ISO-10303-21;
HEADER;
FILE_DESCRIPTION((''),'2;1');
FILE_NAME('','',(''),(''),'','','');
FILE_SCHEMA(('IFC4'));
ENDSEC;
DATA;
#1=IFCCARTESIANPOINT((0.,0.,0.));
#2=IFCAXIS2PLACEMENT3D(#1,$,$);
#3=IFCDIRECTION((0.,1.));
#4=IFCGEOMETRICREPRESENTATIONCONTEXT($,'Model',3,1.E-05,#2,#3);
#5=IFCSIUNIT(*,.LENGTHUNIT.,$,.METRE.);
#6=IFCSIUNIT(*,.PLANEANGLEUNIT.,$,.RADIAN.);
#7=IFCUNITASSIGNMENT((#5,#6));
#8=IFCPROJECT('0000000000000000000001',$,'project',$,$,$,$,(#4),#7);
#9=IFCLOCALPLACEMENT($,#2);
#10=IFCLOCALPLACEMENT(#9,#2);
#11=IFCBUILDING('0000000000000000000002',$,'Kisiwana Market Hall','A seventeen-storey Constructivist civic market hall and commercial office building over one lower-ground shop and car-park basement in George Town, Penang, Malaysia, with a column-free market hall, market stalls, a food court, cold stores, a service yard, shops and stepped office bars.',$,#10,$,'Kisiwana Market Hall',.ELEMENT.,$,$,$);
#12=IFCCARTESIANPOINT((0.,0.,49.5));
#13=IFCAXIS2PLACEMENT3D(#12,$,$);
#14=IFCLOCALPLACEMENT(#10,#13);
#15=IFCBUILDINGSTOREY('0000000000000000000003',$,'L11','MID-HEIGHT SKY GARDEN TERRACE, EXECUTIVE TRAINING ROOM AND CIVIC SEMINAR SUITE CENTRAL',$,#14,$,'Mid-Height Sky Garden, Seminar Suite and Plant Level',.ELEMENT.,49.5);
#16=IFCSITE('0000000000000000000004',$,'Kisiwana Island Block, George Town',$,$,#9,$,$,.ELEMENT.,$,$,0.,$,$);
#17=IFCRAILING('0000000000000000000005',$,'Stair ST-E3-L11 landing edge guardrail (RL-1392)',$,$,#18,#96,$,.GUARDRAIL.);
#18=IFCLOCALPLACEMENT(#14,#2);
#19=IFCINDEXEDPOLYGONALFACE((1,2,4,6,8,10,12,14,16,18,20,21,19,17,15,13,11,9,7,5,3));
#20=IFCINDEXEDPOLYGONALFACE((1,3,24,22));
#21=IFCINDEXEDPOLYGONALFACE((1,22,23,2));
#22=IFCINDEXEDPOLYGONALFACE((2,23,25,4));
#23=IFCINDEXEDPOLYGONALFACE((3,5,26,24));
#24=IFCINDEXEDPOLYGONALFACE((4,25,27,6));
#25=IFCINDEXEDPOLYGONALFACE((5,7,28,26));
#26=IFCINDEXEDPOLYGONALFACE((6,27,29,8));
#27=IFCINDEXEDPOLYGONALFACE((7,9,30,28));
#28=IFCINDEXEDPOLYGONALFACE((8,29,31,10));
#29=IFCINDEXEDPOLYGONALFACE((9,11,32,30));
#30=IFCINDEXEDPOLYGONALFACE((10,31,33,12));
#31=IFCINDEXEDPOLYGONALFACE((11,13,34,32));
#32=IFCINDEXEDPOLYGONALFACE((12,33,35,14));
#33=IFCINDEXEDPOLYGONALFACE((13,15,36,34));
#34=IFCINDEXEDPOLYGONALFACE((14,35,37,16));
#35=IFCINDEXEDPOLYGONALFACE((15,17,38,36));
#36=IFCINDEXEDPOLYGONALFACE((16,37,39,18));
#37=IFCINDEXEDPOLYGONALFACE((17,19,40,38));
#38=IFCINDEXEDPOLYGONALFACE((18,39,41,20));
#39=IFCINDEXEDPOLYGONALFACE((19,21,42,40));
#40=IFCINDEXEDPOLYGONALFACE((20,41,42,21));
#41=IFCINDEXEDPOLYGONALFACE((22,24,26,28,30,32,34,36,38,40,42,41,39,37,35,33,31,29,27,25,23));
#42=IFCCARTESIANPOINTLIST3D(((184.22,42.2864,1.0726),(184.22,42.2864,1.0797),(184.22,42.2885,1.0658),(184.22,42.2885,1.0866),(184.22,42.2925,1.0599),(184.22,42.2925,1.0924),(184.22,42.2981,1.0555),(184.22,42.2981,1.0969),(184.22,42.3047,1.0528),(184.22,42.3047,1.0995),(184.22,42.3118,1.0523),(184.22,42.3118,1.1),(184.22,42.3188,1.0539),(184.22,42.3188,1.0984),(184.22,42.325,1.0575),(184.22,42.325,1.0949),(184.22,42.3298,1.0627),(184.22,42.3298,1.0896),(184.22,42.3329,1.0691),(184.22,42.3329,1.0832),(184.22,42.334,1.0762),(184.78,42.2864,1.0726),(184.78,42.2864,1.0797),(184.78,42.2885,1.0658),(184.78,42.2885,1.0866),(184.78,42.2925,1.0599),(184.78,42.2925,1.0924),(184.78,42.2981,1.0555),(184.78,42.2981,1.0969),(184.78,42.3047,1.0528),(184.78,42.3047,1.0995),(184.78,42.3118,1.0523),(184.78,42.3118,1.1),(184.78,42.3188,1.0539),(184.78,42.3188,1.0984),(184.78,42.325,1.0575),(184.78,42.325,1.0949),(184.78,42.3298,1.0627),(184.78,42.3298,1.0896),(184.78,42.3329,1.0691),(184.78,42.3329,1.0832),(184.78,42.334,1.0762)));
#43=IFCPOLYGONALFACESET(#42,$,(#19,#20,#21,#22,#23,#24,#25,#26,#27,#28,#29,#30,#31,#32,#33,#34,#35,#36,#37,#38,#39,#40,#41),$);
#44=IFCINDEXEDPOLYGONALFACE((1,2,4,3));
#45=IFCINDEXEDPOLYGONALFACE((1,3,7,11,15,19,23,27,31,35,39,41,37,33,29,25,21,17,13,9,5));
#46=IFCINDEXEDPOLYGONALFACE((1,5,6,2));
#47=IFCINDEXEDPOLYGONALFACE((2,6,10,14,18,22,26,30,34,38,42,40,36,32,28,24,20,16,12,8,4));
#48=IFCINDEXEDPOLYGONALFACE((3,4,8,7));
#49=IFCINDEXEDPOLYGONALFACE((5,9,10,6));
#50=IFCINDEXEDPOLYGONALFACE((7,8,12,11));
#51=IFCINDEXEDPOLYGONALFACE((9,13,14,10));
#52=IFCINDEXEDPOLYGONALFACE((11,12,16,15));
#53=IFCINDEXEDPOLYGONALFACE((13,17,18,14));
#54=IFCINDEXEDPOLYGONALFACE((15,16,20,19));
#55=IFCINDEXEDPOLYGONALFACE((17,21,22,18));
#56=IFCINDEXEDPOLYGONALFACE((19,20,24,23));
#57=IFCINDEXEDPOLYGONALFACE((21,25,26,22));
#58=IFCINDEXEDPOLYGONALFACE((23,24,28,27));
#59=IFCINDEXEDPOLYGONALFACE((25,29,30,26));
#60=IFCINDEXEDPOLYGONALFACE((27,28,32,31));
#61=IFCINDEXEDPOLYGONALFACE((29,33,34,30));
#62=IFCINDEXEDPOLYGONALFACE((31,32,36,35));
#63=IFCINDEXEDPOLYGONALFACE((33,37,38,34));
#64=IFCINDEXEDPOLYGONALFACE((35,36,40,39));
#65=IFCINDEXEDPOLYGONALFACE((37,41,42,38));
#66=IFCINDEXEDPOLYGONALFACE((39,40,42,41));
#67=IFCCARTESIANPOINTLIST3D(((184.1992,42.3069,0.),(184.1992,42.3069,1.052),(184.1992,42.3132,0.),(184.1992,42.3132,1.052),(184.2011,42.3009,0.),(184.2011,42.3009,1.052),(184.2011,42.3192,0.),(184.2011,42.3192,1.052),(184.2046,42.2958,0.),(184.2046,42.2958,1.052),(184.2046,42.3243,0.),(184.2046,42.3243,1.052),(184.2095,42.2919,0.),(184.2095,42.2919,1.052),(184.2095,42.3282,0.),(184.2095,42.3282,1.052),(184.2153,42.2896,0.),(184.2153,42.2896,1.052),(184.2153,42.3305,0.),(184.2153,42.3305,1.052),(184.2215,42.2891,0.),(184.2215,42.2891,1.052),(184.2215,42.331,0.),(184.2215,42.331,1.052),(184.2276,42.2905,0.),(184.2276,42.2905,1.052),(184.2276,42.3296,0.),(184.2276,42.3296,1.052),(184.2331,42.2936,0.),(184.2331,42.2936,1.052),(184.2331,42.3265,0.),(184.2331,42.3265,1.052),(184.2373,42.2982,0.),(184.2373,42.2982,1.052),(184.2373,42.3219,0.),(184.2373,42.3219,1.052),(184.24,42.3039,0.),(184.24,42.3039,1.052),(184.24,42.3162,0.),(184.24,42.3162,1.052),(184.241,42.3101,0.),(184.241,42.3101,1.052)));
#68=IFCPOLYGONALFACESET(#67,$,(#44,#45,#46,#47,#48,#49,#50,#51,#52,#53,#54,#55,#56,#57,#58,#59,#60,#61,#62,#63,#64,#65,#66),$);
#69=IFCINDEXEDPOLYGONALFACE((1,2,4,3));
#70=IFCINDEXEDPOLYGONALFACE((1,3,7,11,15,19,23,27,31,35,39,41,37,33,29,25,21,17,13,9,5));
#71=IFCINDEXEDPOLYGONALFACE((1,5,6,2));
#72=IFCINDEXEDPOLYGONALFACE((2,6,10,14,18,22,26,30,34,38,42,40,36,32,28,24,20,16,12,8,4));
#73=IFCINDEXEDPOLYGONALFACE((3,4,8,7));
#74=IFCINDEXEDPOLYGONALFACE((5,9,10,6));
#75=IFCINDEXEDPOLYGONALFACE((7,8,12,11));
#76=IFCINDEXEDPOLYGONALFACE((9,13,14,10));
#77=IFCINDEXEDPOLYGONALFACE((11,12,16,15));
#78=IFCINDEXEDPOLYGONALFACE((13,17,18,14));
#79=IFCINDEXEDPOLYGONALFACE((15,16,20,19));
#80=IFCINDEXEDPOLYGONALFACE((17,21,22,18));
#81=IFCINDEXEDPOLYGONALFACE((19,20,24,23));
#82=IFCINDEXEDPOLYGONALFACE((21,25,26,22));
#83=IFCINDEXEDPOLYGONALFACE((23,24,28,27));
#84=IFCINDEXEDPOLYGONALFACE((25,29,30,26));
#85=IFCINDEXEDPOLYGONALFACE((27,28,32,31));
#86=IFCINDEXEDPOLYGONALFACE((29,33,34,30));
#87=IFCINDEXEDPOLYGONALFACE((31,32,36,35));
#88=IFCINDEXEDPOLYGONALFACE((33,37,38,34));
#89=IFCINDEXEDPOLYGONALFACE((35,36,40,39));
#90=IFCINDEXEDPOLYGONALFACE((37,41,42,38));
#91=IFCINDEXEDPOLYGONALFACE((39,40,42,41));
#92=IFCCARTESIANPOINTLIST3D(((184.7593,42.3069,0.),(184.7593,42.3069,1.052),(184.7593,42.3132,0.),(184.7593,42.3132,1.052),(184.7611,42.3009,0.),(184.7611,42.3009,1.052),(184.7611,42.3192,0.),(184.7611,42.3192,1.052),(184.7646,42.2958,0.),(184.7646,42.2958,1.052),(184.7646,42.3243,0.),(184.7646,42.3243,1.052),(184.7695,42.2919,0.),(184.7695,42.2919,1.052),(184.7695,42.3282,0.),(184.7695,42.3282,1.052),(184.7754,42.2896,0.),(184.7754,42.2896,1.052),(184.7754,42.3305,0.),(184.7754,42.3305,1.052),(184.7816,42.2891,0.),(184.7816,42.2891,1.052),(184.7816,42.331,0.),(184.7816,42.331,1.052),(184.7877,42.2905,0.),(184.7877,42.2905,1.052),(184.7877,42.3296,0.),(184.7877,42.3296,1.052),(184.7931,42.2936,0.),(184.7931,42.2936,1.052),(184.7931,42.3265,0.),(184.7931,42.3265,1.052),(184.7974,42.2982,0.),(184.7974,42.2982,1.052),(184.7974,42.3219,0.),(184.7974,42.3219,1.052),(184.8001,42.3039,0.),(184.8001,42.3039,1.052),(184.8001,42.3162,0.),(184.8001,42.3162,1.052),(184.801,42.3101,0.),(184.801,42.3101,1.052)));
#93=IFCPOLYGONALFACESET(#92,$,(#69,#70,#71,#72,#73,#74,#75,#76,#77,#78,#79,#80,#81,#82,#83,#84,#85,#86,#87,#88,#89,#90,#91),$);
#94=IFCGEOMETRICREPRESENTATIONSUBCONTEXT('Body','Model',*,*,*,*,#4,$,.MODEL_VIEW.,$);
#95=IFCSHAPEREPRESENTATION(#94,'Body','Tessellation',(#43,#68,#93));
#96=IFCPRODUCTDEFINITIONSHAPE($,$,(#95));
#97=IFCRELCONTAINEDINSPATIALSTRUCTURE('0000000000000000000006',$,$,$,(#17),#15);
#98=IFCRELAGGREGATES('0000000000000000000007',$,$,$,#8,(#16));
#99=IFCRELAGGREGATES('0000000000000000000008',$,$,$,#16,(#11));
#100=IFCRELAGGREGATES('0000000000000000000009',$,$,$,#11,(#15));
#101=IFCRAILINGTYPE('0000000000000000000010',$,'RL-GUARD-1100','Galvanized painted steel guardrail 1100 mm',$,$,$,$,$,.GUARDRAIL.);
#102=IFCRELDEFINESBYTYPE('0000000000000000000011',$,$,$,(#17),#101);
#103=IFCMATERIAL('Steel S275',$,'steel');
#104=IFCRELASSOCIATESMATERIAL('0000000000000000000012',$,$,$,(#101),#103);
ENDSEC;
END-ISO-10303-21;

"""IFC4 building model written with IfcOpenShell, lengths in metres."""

from ifc_helpers import new_model, si_unit, direction, frame, origin, origin_2d, place, context, subcontext, project, spatial, circle, extrude, material, type_object, element, save


model = new_model("IFC4")

# Units and contexts
model_context = context("Model", 3, precision=1e-05, world=origin(), true_north=direction((0.0, 1.0)))
body_context = subcontext(model_context, "Body", "Model", "MODEL_VIEW")
ifc_project = project(units=[si_unit("LENGTHUNIT", "METRE"), si_unit("PLANEANGLEUNIT", "RADIAN")], contexts=[model_context])

# Site, building, storey
site_placement = place(None, origin())
site = spatial("IfcSite", under=ifc_project, at=site_placement, Name="Kisiwana Island Block, George Town", CompositionType="ELEMENT", RefElevation=0.0)
building_placement = place(site_placement, origin())
building = spatial("IfcBuilding", under=site, at=building_placement, Name="Kisiwana Market Hall", Description="A seventeen-storey Constructivist civic market hall and commercial office building over one lower-ground shop and car-park basement in George Town, Penang, Malaysia, with a column-free market hall, market stalls, a food court, cold stores, a service yard, shops and stepped office bars.", LongName="Kisiwana Market Hall", CompositionType="ELEMENT")
storey_placement = place(building_placement, frame((0.0, 0.0, 49.5)))
storey = spatial("IfcBuildingStorey", under=building, at=storey_placement, Name="L11", Description="MID-HEIGHT SKY GARDEN TERRACE, EXECUTIVE TRAINING ROOM AND CIVIC SEMINAR SUITE CENTRAL", LongName="Mid-Height Sky Garden, Seminar Suite and Plant Level", CompositionType="ELEMENT", Elevation=49.5)

# Railing
ifc_material_1 = material(Name="Steel S275", Category="steel")
railing_type_1 = type_object("IfcRailingType", Name="RL-GUARD-1100", Description="Galvanized painted steel guardrail 1100 mm", PredefinedType="GUARDRAIL", material=ifc_material_1)
railing_placement = place(storey_placement, frame((184.22, 42.3101, 0.0)))
element("IfcRailing", 1, at=railing_placement, inside=storey, type_object=railing_type_1, Name="Stair ST-E3-L11 landing edge guardrail (RL-1392)", PredefinedType="GUARDRAIL", context=body_context, shape_type="SweptSolid", body=[
    extrude(circle(Radius=0.0239, at=origin_2d()), frame((0.0, 0.0, 1.0762), z_axis=(1.0, 0.0, 0.0), x_axis=(0.0, 1.0, 0.0)), (0.0, 0.0, 1.0), 0.5601),
    extrude(circle(Radius=0.021, at=origin_2d()), origin(), (0.0, 0.0, 1.0), 1.052),
    extrude(circle(Radius=0.021, at=origin_2d()), frame((0.5601, 0.0, 0.0)), (0.0, 0.0, 1.0), 1.052),
])

save(model, "model.ifc")
